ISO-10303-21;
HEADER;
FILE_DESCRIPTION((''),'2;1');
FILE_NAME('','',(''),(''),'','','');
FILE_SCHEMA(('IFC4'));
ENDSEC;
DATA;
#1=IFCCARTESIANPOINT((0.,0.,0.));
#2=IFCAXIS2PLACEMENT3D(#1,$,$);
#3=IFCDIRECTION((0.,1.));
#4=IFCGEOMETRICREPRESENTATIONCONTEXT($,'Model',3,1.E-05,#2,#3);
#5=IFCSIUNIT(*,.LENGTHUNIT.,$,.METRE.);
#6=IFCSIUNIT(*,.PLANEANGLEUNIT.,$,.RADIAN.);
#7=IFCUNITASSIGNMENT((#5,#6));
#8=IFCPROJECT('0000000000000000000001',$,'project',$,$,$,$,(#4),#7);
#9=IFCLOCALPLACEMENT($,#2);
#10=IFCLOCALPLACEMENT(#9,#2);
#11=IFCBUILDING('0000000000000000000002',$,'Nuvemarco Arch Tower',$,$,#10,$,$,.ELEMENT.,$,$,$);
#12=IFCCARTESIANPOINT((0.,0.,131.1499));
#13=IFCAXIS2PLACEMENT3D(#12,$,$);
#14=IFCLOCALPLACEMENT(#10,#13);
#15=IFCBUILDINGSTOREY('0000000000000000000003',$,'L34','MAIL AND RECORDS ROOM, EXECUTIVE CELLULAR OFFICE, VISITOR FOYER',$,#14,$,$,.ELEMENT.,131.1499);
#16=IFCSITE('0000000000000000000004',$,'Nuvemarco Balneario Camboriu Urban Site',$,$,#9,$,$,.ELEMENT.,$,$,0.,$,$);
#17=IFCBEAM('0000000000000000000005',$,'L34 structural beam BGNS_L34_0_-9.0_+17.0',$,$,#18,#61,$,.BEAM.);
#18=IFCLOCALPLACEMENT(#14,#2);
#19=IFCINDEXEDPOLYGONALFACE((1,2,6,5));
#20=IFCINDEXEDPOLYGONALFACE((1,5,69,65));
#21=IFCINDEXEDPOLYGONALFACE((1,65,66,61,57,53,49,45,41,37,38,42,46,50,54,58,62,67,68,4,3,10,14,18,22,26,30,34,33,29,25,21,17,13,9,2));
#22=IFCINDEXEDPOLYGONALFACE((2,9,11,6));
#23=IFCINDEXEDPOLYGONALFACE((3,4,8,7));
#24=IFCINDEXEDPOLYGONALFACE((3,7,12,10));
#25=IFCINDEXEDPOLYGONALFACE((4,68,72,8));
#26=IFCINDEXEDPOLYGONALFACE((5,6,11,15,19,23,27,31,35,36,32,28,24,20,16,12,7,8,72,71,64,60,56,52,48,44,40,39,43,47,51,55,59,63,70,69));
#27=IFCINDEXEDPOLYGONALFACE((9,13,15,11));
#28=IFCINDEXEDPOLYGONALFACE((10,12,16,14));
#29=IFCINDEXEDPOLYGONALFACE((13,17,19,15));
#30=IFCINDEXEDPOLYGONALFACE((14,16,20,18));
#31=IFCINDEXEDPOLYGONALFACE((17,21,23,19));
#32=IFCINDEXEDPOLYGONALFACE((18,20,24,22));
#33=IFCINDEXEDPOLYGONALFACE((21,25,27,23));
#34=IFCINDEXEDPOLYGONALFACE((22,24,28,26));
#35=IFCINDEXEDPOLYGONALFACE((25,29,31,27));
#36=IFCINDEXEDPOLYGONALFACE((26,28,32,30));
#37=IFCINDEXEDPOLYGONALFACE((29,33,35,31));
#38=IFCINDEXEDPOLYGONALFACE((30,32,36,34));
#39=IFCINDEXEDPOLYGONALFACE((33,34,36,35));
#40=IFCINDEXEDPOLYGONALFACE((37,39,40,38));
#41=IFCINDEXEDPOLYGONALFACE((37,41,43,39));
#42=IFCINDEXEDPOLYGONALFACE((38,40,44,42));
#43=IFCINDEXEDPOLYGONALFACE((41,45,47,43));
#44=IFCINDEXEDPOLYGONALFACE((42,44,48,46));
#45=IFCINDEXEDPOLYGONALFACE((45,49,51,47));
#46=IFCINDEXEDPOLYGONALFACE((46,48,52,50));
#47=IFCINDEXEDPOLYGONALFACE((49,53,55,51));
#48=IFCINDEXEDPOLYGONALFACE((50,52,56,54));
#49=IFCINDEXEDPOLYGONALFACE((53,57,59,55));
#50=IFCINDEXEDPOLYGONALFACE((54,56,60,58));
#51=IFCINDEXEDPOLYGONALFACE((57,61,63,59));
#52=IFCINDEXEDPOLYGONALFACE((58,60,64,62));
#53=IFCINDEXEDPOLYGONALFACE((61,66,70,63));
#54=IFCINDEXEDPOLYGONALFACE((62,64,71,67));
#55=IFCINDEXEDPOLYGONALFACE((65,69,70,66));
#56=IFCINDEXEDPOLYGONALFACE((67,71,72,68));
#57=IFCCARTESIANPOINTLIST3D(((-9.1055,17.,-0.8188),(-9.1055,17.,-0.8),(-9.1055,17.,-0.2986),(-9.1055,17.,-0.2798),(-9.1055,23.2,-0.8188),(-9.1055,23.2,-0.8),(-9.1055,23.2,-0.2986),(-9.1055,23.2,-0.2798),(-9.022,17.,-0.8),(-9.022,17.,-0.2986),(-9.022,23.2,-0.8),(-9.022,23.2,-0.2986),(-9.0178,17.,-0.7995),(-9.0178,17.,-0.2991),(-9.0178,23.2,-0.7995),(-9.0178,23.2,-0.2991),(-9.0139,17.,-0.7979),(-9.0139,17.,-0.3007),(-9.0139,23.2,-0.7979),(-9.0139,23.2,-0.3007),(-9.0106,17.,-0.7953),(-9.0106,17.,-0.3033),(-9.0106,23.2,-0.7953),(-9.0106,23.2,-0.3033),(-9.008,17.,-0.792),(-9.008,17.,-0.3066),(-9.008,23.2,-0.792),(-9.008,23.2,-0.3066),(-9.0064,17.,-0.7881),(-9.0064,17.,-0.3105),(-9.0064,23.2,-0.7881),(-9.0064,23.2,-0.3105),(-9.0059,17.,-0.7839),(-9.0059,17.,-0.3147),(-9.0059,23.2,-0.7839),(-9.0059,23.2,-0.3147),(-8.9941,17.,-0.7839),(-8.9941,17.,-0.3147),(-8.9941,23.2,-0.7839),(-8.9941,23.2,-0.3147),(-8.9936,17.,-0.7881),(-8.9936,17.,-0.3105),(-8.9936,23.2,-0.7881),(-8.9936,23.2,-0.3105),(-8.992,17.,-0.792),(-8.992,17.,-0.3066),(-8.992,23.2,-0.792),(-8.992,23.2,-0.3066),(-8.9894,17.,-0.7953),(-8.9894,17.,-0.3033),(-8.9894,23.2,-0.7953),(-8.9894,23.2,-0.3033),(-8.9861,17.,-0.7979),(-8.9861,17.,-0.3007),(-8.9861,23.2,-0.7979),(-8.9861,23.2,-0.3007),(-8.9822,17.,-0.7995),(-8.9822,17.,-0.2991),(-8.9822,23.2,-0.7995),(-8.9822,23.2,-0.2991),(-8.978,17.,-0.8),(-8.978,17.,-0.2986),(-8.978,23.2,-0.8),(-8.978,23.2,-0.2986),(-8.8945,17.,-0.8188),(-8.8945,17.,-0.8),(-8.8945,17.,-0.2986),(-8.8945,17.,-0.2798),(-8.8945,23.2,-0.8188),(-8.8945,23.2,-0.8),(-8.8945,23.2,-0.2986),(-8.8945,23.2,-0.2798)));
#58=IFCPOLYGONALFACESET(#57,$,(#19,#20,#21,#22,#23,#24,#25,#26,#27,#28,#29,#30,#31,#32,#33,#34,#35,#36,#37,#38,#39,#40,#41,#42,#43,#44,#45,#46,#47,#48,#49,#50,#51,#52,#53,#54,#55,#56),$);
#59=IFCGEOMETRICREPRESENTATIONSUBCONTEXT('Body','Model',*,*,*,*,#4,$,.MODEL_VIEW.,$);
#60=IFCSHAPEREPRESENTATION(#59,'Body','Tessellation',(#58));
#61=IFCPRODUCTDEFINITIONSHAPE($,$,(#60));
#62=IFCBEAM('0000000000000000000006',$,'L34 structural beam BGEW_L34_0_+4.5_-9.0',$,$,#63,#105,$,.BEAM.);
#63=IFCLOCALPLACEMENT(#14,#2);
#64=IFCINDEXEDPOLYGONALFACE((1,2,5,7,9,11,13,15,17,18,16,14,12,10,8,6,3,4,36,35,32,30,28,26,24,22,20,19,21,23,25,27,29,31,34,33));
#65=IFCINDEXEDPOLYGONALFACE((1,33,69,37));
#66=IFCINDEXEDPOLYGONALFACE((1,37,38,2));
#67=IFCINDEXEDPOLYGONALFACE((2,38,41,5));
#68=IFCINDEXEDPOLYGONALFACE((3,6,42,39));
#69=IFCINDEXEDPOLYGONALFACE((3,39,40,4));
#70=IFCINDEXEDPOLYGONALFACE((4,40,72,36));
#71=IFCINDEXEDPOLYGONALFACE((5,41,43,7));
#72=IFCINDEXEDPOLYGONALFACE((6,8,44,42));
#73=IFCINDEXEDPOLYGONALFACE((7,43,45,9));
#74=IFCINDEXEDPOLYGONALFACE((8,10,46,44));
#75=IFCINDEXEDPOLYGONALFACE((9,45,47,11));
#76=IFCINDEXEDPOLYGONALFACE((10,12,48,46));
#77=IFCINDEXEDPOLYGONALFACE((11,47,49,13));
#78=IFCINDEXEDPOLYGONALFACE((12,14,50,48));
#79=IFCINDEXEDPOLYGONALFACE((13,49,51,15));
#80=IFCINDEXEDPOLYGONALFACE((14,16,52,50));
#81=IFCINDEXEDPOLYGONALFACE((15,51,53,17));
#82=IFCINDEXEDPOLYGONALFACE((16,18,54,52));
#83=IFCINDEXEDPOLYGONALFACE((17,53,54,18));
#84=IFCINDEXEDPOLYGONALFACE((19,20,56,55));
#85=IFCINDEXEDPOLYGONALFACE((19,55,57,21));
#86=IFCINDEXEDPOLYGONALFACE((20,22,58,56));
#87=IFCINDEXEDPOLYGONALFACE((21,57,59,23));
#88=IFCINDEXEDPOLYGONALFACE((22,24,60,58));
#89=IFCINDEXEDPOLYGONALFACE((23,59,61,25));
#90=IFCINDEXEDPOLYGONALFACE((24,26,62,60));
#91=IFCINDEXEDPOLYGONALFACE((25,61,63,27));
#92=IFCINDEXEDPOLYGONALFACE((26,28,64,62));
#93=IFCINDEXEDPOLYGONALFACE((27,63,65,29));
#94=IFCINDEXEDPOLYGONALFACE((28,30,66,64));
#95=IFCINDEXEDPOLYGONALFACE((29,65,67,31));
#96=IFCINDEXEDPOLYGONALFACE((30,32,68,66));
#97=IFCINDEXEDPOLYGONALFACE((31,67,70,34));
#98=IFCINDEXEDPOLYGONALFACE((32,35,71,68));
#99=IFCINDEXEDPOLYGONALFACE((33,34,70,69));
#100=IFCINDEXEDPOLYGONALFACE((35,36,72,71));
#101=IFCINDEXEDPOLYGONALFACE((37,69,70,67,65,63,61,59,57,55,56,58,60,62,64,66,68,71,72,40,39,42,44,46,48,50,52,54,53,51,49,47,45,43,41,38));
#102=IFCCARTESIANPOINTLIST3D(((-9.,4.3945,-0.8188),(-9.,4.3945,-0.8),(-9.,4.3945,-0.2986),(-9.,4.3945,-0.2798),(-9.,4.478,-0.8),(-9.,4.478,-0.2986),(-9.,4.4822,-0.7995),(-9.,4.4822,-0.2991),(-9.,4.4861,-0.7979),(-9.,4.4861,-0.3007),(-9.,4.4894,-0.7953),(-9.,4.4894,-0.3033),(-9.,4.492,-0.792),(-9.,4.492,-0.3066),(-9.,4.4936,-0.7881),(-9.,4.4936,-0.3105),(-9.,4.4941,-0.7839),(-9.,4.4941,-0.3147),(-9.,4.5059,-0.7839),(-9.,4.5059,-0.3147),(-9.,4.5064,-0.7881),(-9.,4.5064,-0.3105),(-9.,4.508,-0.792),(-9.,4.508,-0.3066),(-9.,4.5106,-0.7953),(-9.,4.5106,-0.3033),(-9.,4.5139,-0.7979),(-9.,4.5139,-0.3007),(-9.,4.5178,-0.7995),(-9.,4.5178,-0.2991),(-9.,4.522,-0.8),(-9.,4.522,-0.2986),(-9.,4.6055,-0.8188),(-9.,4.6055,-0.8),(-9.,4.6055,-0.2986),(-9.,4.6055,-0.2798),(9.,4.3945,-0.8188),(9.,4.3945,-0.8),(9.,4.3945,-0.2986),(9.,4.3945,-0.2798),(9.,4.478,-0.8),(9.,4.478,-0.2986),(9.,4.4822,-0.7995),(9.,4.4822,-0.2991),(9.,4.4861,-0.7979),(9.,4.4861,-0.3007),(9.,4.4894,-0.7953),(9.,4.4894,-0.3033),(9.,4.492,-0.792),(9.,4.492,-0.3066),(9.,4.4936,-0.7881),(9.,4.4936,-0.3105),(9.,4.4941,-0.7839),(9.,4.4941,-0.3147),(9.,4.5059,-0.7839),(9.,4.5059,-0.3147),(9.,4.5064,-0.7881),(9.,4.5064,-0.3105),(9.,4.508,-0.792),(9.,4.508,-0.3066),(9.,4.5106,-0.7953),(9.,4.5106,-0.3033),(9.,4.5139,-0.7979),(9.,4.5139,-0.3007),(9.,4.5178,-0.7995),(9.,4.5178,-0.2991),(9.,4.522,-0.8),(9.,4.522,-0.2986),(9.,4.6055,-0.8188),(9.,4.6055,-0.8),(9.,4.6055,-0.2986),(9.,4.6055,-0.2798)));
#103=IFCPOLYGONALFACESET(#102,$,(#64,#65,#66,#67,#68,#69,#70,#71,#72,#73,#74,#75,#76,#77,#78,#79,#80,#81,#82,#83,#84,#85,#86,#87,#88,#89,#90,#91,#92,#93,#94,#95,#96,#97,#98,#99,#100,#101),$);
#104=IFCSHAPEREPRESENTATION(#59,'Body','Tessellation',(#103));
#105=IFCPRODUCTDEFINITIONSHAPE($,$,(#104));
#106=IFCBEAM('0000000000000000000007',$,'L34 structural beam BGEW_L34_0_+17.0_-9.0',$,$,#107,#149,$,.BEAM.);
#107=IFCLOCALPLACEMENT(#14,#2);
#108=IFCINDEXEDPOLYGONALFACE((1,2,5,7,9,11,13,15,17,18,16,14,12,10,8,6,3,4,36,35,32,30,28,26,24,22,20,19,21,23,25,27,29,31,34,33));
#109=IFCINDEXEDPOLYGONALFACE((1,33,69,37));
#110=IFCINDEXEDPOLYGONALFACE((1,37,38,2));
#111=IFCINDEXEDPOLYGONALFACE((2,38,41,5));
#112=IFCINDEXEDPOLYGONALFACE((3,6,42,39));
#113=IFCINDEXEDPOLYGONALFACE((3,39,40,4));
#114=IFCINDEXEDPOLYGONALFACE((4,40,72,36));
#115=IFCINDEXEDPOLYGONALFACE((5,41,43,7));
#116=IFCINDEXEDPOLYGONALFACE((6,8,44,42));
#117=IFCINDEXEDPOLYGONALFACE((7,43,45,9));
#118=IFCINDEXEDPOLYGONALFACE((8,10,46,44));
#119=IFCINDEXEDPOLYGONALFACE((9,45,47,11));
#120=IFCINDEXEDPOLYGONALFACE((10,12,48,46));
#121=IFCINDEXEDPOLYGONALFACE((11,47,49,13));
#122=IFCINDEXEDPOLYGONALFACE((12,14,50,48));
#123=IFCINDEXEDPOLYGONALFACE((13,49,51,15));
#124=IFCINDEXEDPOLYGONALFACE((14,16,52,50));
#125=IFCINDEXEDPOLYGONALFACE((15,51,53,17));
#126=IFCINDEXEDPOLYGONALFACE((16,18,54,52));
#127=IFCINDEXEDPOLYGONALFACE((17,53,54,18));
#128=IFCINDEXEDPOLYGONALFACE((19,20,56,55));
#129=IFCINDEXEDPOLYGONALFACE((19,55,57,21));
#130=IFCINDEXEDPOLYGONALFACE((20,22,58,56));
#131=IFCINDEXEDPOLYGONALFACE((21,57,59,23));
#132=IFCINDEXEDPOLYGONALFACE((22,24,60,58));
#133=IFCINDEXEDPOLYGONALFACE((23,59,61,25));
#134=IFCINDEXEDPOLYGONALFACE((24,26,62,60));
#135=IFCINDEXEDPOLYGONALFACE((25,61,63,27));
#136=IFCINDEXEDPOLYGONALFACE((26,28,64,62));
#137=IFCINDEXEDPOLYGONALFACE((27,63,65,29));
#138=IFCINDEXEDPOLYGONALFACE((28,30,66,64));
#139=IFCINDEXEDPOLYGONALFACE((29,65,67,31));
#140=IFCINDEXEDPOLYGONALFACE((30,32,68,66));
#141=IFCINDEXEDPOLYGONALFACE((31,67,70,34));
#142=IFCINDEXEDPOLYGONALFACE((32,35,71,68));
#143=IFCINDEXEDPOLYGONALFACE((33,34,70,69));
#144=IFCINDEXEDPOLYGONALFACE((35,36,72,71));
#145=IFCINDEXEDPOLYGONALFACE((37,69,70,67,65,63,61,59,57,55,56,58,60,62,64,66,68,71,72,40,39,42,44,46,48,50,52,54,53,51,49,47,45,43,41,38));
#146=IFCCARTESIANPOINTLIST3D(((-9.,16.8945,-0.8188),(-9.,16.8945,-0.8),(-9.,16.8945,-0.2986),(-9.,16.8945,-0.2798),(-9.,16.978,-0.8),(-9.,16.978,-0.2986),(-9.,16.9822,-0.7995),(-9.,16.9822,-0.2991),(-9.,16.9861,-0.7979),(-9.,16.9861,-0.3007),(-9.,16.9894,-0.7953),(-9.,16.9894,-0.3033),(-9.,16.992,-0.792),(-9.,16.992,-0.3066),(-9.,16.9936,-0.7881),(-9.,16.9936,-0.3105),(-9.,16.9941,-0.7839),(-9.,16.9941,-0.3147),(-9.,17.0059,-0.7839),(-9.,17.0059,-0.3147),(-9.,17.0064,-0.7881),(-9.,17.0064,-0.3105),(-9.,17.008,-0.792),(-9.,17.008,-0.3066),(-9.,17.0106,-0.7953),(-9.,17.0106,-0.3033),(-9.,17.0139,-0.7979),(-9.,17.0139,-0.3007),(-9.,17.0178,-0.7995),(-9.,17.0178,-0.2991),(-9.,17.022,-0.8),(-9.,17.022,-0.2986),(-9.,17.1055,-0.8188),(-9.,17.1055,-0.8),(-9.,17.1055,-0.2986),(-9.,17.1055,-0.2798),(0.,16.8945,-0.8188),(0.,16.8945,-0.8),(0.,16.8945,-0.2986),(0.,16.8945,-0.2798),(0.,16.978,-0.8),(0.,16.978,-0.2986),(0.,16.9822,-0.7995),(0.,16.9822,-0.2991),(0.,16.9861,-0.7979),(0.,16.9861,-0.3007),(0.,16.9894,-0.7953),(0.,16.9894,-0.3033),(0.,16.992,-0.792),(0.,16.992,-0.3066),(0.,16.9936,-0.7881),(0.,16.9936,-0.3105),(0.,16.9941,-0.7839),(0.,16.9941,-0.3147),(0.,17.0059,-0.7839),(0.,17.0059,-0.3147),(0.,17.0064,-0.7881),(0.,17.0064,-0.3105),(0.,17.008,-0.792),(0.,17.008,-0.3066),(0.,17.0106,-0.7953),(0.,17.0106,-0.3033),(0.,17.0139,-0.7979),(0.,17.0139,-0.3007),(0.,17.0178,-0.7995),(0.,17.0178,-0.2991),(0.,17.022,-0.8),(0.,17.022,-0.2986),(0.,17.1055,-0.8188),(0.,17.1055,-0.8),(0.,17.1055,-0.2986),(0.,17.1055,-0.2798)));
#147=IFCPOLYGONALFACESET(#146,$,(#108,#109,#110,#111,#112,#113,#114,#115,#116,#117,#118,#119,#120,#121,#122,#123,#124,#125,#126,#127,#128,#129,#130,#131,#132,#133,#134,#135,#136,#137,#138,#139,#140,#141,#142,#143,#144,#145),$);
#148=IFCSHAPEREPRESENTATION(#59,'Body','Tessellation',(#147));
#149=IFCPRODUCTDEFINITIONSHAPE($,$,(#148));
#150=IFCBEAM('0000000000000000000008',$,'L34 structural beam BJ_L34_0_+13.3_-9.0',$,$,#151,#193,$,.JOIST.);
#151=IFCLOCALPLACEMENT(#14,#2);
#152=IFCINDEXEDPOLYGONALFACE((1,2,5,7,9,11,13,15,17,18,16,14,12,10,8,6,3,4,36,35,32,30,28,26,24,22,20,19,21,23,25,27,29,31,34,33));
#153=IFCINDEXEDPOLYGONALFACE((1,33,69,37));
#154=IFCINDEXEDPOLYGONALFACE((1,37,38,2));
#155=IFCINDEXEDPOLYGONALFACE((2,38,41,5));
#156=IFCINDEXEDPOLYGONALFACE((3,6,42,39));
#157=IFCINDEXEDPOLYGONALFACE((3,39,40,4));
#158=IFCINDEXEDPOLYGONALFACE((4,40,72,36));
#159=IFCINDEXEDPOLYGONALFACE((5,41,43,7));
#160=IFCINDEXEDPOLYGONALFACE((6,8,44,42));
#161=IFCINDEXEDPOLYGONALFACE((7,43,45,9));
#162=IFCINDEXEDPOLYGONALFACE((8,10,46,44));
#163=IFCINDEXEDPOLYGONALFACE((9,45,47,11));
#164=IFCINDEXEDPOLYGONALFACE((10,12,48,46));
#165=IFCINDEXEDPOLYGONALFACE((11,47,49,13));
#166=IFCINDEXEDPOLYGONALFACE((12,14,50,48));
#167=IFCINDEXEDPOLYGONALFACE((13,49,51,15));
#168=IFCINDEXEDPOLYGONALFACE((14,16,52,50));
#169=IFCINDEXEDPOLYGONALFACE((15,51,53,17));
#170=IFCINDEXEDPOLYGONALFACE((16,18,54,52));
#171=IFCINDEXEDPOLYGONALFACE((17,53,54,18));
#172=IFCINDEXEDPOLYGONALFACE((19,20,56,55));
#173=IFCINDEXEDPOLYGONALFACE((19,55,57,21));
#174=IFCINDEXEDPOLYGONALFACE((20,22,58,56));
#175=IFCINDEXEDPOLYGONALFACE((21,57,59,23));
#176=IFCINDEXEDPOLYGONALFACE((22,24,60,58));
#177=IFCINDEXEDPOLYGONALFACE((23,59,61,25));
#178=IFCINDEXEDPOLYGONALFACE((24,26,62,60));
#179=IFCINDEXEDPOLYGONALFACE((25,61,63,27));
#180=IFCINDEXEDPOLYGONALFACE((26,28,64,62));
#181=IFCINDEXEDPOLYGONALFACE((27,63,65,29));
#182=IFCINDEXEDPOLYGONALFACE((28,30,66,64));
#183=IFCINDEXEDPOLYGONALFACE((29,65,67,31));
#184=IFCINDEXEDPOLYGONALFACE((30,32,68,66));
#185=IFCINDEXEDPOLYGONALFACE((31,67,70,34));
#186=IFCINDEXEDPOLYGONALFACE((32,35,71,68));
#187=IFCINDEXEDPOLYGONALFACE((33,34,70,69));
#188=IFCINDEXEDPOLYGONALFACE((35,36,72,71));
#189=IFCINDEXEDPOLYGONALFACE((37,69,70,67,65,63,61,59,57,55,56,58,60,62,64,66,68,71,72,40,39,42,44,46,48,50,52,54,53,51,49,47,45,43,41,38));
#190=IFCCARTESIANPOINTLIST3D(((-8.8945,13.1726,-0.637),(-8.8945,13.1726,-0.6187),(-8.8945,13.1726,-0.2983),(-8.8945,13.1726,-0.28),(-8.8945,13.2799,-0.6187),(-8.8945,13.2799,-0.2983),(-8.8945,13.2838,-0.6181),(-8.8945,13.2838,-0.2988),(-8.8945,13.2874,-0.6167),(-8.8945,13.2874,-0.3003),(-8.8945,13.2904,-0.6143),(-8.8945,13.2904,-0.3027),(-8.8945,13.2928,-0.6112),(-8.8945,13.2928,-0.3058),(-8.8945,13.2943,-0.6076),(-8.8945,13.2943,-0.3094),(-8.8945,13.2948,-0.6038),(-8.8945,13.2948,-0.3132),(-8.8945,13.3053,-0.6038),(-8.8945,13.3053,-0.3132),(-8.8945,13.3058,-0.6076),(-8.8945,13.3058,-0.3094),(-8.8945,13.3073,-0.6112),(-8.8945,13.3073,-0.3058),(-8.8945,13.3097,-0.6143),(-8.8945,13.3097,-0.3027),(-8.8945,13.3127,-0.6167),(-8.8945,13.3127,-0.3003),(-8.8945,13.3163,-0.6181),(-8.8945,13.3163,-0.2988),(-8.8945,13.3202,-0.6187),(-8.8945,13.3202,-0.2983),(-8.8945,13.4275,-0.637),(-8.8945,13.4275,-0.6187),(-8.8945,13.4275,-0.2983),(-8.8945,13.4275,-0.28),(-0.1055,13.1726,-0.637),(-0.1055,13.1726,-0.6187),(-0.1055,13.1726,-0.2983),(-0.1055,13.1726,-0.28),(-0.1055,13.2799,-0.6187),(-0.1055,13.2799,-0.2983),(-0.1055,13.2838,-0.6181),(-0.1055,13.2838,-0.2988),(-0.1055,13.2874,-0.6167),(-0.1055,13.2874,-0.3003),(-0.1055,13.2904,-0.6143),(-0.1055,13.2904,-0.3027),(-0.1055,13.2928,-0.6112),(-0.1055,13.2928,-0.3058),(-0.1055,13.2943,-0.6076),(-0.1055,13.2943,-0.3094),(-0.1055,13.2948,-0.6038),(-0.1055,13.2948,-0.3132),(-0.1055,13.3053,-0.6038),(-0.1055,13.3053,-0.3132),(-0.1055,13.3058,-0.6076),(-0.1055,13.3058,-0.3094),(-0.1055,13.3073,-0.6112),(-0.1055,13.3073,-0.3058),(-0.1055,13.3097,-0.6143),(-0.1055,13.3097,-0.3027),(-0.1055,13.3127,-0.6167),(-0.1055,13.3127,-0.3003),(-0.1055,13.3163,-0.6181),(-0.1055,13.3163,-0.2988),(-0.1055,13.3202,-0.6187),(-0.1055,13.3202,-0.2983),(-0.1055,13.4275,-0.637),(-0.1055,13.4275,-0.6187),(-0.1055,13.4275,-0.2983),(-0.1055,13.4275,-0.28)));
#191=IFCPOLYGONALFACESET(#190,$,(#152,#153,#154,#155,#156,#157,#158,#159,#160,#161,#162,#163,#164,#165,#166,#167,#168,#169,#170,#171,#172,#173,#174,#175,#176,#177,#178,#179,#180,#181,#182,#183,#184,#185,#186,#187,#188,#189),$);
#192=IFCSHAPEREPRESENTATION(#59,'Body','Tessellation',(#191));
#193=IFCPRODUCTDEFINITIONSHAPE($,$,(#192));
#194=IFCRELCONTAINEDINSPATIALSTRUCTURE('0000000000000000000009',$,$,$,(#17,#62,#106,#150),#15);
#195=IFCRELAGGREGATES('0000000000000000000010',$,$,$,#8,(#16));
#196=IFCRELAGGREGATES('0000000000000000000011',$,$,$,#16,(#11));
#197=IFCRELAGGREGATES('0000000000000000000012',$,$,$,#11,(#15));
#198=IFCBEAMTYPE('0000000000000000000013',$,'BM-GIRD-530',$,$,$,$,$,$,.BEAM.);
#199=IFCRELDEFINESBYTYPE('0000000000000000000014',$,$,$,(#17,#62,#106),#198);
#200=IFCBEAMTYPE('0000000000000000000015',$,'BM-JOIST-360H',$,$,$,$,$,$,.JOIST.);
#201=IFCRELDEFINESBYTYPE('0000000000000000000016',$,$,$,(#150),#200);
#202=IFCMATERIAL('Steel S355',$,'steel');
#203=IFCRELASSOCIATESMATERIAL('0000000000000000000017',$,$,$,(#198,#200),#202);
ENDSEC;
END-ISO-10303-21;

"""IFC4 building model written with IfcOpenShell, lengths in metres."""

from ifc_helpers import new_model, si_unit, direction, frame, origin, origin_2d, place, context, subcontext, project, spatial, i_section, extrude, material, material_profile, profile_set, type_object, element, save


model = new_model("IFC4")

# Units and contexts
model_context = context("Model", 3, precision=1e-05, world=origin(), true_north=direction((0.0, 1.0)))
body_context = subcontext(model_context, "Body", "Model", "MODEL_VIEW")
ifc_project = project(units=[si_unit("LENGTHUNIT", "METRE"), si_unit("PLANEANGLEUNIT", "RADIAN")], contexts=[model_context])

# Site, building, storey
site_placement = place(None, origin())
site = spatial("IfcSite", under=ifc_project, at=site_placement, Name="Nuvemarco Balneario Camboriu Urban Site", CompositionType="ELEMENT", RefElevation=0.0)
building_placement = place(site_placement, origin())
building = spatial("IfcBuilding", under=site, at=building_placement, Name="Nuvemarco Arch Tower", CompositionType="ELEMENT")
storey_placement = place(building_placement, frame((0.0, 0.0, 131.1499)))
storey = spatial("IfcBuildingStorey", under=building, at=storey_placement, Name="L34", Description="MAIL AND RECORDS ROOM, EXECUTIVE CELLULAR OFFICE, VISITOR FOYER", CompositionType="ELEMENT", Elevation=131.1499)

# Shared definitions
ifc_material_1 = material(Name="Steel S355", Category="steel")

# Beams
ifc_material_profile_1 = material_profile(ifc_material_1, i_section(OverallWidth=0.2109, OverallDepth=0.5391, WebThickness=0.0117, FlangeThickness=0.0188, FilletRadius=0.0161, at=origin_2d()), Name="W530x109")
ifc_profile_set_1 = profile_set([ifc_material_profile_1], Name="Steel S355")
beam_type_1 = type_object("IfcBeamType", Name="BM-GIRD-530", PredefinedType="BEAM", material=ifc_profile_set_1)
beam_1_placement = place(storey_placement, frame((-9.0, 17.0, -0.5493), z_axis=(0.0, 1.0, 0.0), x_axis=(-1.0, 0.0, 0.0)))
element("IfcBeam", 1, at=beam_1_placement, inside=storey, type_object=beam_type_1, Name="L34 structural beam BGNS_L34_0_-9.0_+17.0", PredefinedType="BEAM", context=body_context, shape_type="SweptSolid", body=[
    extrude(i_section(OverallWidth=0.2109, OverallDepth=0.5391, WebThickness=0.0117, FlangeThickness=0.0188, FilletRadius=0.0161, at=origin_2d()), origin(), (0.0, 0.0, 1.0), 6.2),
])
beam_2_placement = place(storey_placement, frame((-9.0, 4.5, -0.5493), z_axis=(1.0, 0.0, 0.0), x_axis=(0.0, 1.0, 0.0)))
element("IfcBeam", 2, at=beam_2_placement, inside=storey, type_object=beam_type_1, Name="L34 structural beam BGEW_L34_0_+4.5_-9.0", PredefinedType="BEAM", context=body_context, shape_type="SweptSolid", body=[
    extrude(i_section(OverallWidth=0.2109, OverallDepth=0.5391, WebThickness=0.0117, FlangeThickness=0.0188, FilletRadius=0.0161, at=origin_2d()), origin(), (0.0, 0.0, 1.0), 18.0),
])
beam_3_placement = place(storey_placement, frame((-9.0, 17.0, -0.5493), z_axis=(1.0, 0.0, 0.0), x_axis=(0.0, 1.0, 0.0)))
element("IfcBeam", 3, at=beam_3_placement, inside=storey, type_object=beam_type_1, Name="L34 structural beam BGEW_L34_0_+17.0_-9.0", PredefinedType="BEAM", context=body_context, shape_type="SweptSolid", body=[
    extrude(i_section(OverallWidth=0.2109, OverallDepth=0.5391, WebThickness=0.0117, FlangeThickness=0.0188, FilletRadius=0.0161, at=origin_2d()), origin(), (0.0, 0.0, 1.0), 9.0),
])
ifc_material_profile_2 = material_profile(ifc_material_1, i_section(OverallWidth=0.2549, OverallDepth=0.3569, WebThickness=0.0105, FlangeThickness=0.0183, FilletRadius=0.0149, at=origin_2d()), Name="W360x101")
ifc_profile_set_2 = profile_set([ifc_material_profile_2], Name="Steel S355")
beam_type_2 = type_object("IfcBeamType", Name="BM-JOIST-360H", PredefinedType="JOIST", material=ifc_profile_set_2)
beam_4_placement = place(storey_placement, frame((-8.8945, 13.3, -0.4585), z_axis=(1.0, 0.0, 0.0), x_axis=(0.0, 1.0, 0.0)))
element("IfcBeam", 4, at=beam_4_placement, inside=storey, type_object=beam_type_2, Name="L34 structural beam BJ_L34_0_+13.3_-9.0", PredefinedType="JOIST", context=body_context, shape_type="SweptSolid", body=[
    extrude(i_section(OverallWidth=0.2549, OverallDepth=0.3569, WebThickness=0.0105, FlangeThickness=0.0183, FilletRadius=0.0149, at=origin_2d()), origin(), (0.0, 0.0, 1.0), 8.7891),
])

save(model, "model.ifc")
